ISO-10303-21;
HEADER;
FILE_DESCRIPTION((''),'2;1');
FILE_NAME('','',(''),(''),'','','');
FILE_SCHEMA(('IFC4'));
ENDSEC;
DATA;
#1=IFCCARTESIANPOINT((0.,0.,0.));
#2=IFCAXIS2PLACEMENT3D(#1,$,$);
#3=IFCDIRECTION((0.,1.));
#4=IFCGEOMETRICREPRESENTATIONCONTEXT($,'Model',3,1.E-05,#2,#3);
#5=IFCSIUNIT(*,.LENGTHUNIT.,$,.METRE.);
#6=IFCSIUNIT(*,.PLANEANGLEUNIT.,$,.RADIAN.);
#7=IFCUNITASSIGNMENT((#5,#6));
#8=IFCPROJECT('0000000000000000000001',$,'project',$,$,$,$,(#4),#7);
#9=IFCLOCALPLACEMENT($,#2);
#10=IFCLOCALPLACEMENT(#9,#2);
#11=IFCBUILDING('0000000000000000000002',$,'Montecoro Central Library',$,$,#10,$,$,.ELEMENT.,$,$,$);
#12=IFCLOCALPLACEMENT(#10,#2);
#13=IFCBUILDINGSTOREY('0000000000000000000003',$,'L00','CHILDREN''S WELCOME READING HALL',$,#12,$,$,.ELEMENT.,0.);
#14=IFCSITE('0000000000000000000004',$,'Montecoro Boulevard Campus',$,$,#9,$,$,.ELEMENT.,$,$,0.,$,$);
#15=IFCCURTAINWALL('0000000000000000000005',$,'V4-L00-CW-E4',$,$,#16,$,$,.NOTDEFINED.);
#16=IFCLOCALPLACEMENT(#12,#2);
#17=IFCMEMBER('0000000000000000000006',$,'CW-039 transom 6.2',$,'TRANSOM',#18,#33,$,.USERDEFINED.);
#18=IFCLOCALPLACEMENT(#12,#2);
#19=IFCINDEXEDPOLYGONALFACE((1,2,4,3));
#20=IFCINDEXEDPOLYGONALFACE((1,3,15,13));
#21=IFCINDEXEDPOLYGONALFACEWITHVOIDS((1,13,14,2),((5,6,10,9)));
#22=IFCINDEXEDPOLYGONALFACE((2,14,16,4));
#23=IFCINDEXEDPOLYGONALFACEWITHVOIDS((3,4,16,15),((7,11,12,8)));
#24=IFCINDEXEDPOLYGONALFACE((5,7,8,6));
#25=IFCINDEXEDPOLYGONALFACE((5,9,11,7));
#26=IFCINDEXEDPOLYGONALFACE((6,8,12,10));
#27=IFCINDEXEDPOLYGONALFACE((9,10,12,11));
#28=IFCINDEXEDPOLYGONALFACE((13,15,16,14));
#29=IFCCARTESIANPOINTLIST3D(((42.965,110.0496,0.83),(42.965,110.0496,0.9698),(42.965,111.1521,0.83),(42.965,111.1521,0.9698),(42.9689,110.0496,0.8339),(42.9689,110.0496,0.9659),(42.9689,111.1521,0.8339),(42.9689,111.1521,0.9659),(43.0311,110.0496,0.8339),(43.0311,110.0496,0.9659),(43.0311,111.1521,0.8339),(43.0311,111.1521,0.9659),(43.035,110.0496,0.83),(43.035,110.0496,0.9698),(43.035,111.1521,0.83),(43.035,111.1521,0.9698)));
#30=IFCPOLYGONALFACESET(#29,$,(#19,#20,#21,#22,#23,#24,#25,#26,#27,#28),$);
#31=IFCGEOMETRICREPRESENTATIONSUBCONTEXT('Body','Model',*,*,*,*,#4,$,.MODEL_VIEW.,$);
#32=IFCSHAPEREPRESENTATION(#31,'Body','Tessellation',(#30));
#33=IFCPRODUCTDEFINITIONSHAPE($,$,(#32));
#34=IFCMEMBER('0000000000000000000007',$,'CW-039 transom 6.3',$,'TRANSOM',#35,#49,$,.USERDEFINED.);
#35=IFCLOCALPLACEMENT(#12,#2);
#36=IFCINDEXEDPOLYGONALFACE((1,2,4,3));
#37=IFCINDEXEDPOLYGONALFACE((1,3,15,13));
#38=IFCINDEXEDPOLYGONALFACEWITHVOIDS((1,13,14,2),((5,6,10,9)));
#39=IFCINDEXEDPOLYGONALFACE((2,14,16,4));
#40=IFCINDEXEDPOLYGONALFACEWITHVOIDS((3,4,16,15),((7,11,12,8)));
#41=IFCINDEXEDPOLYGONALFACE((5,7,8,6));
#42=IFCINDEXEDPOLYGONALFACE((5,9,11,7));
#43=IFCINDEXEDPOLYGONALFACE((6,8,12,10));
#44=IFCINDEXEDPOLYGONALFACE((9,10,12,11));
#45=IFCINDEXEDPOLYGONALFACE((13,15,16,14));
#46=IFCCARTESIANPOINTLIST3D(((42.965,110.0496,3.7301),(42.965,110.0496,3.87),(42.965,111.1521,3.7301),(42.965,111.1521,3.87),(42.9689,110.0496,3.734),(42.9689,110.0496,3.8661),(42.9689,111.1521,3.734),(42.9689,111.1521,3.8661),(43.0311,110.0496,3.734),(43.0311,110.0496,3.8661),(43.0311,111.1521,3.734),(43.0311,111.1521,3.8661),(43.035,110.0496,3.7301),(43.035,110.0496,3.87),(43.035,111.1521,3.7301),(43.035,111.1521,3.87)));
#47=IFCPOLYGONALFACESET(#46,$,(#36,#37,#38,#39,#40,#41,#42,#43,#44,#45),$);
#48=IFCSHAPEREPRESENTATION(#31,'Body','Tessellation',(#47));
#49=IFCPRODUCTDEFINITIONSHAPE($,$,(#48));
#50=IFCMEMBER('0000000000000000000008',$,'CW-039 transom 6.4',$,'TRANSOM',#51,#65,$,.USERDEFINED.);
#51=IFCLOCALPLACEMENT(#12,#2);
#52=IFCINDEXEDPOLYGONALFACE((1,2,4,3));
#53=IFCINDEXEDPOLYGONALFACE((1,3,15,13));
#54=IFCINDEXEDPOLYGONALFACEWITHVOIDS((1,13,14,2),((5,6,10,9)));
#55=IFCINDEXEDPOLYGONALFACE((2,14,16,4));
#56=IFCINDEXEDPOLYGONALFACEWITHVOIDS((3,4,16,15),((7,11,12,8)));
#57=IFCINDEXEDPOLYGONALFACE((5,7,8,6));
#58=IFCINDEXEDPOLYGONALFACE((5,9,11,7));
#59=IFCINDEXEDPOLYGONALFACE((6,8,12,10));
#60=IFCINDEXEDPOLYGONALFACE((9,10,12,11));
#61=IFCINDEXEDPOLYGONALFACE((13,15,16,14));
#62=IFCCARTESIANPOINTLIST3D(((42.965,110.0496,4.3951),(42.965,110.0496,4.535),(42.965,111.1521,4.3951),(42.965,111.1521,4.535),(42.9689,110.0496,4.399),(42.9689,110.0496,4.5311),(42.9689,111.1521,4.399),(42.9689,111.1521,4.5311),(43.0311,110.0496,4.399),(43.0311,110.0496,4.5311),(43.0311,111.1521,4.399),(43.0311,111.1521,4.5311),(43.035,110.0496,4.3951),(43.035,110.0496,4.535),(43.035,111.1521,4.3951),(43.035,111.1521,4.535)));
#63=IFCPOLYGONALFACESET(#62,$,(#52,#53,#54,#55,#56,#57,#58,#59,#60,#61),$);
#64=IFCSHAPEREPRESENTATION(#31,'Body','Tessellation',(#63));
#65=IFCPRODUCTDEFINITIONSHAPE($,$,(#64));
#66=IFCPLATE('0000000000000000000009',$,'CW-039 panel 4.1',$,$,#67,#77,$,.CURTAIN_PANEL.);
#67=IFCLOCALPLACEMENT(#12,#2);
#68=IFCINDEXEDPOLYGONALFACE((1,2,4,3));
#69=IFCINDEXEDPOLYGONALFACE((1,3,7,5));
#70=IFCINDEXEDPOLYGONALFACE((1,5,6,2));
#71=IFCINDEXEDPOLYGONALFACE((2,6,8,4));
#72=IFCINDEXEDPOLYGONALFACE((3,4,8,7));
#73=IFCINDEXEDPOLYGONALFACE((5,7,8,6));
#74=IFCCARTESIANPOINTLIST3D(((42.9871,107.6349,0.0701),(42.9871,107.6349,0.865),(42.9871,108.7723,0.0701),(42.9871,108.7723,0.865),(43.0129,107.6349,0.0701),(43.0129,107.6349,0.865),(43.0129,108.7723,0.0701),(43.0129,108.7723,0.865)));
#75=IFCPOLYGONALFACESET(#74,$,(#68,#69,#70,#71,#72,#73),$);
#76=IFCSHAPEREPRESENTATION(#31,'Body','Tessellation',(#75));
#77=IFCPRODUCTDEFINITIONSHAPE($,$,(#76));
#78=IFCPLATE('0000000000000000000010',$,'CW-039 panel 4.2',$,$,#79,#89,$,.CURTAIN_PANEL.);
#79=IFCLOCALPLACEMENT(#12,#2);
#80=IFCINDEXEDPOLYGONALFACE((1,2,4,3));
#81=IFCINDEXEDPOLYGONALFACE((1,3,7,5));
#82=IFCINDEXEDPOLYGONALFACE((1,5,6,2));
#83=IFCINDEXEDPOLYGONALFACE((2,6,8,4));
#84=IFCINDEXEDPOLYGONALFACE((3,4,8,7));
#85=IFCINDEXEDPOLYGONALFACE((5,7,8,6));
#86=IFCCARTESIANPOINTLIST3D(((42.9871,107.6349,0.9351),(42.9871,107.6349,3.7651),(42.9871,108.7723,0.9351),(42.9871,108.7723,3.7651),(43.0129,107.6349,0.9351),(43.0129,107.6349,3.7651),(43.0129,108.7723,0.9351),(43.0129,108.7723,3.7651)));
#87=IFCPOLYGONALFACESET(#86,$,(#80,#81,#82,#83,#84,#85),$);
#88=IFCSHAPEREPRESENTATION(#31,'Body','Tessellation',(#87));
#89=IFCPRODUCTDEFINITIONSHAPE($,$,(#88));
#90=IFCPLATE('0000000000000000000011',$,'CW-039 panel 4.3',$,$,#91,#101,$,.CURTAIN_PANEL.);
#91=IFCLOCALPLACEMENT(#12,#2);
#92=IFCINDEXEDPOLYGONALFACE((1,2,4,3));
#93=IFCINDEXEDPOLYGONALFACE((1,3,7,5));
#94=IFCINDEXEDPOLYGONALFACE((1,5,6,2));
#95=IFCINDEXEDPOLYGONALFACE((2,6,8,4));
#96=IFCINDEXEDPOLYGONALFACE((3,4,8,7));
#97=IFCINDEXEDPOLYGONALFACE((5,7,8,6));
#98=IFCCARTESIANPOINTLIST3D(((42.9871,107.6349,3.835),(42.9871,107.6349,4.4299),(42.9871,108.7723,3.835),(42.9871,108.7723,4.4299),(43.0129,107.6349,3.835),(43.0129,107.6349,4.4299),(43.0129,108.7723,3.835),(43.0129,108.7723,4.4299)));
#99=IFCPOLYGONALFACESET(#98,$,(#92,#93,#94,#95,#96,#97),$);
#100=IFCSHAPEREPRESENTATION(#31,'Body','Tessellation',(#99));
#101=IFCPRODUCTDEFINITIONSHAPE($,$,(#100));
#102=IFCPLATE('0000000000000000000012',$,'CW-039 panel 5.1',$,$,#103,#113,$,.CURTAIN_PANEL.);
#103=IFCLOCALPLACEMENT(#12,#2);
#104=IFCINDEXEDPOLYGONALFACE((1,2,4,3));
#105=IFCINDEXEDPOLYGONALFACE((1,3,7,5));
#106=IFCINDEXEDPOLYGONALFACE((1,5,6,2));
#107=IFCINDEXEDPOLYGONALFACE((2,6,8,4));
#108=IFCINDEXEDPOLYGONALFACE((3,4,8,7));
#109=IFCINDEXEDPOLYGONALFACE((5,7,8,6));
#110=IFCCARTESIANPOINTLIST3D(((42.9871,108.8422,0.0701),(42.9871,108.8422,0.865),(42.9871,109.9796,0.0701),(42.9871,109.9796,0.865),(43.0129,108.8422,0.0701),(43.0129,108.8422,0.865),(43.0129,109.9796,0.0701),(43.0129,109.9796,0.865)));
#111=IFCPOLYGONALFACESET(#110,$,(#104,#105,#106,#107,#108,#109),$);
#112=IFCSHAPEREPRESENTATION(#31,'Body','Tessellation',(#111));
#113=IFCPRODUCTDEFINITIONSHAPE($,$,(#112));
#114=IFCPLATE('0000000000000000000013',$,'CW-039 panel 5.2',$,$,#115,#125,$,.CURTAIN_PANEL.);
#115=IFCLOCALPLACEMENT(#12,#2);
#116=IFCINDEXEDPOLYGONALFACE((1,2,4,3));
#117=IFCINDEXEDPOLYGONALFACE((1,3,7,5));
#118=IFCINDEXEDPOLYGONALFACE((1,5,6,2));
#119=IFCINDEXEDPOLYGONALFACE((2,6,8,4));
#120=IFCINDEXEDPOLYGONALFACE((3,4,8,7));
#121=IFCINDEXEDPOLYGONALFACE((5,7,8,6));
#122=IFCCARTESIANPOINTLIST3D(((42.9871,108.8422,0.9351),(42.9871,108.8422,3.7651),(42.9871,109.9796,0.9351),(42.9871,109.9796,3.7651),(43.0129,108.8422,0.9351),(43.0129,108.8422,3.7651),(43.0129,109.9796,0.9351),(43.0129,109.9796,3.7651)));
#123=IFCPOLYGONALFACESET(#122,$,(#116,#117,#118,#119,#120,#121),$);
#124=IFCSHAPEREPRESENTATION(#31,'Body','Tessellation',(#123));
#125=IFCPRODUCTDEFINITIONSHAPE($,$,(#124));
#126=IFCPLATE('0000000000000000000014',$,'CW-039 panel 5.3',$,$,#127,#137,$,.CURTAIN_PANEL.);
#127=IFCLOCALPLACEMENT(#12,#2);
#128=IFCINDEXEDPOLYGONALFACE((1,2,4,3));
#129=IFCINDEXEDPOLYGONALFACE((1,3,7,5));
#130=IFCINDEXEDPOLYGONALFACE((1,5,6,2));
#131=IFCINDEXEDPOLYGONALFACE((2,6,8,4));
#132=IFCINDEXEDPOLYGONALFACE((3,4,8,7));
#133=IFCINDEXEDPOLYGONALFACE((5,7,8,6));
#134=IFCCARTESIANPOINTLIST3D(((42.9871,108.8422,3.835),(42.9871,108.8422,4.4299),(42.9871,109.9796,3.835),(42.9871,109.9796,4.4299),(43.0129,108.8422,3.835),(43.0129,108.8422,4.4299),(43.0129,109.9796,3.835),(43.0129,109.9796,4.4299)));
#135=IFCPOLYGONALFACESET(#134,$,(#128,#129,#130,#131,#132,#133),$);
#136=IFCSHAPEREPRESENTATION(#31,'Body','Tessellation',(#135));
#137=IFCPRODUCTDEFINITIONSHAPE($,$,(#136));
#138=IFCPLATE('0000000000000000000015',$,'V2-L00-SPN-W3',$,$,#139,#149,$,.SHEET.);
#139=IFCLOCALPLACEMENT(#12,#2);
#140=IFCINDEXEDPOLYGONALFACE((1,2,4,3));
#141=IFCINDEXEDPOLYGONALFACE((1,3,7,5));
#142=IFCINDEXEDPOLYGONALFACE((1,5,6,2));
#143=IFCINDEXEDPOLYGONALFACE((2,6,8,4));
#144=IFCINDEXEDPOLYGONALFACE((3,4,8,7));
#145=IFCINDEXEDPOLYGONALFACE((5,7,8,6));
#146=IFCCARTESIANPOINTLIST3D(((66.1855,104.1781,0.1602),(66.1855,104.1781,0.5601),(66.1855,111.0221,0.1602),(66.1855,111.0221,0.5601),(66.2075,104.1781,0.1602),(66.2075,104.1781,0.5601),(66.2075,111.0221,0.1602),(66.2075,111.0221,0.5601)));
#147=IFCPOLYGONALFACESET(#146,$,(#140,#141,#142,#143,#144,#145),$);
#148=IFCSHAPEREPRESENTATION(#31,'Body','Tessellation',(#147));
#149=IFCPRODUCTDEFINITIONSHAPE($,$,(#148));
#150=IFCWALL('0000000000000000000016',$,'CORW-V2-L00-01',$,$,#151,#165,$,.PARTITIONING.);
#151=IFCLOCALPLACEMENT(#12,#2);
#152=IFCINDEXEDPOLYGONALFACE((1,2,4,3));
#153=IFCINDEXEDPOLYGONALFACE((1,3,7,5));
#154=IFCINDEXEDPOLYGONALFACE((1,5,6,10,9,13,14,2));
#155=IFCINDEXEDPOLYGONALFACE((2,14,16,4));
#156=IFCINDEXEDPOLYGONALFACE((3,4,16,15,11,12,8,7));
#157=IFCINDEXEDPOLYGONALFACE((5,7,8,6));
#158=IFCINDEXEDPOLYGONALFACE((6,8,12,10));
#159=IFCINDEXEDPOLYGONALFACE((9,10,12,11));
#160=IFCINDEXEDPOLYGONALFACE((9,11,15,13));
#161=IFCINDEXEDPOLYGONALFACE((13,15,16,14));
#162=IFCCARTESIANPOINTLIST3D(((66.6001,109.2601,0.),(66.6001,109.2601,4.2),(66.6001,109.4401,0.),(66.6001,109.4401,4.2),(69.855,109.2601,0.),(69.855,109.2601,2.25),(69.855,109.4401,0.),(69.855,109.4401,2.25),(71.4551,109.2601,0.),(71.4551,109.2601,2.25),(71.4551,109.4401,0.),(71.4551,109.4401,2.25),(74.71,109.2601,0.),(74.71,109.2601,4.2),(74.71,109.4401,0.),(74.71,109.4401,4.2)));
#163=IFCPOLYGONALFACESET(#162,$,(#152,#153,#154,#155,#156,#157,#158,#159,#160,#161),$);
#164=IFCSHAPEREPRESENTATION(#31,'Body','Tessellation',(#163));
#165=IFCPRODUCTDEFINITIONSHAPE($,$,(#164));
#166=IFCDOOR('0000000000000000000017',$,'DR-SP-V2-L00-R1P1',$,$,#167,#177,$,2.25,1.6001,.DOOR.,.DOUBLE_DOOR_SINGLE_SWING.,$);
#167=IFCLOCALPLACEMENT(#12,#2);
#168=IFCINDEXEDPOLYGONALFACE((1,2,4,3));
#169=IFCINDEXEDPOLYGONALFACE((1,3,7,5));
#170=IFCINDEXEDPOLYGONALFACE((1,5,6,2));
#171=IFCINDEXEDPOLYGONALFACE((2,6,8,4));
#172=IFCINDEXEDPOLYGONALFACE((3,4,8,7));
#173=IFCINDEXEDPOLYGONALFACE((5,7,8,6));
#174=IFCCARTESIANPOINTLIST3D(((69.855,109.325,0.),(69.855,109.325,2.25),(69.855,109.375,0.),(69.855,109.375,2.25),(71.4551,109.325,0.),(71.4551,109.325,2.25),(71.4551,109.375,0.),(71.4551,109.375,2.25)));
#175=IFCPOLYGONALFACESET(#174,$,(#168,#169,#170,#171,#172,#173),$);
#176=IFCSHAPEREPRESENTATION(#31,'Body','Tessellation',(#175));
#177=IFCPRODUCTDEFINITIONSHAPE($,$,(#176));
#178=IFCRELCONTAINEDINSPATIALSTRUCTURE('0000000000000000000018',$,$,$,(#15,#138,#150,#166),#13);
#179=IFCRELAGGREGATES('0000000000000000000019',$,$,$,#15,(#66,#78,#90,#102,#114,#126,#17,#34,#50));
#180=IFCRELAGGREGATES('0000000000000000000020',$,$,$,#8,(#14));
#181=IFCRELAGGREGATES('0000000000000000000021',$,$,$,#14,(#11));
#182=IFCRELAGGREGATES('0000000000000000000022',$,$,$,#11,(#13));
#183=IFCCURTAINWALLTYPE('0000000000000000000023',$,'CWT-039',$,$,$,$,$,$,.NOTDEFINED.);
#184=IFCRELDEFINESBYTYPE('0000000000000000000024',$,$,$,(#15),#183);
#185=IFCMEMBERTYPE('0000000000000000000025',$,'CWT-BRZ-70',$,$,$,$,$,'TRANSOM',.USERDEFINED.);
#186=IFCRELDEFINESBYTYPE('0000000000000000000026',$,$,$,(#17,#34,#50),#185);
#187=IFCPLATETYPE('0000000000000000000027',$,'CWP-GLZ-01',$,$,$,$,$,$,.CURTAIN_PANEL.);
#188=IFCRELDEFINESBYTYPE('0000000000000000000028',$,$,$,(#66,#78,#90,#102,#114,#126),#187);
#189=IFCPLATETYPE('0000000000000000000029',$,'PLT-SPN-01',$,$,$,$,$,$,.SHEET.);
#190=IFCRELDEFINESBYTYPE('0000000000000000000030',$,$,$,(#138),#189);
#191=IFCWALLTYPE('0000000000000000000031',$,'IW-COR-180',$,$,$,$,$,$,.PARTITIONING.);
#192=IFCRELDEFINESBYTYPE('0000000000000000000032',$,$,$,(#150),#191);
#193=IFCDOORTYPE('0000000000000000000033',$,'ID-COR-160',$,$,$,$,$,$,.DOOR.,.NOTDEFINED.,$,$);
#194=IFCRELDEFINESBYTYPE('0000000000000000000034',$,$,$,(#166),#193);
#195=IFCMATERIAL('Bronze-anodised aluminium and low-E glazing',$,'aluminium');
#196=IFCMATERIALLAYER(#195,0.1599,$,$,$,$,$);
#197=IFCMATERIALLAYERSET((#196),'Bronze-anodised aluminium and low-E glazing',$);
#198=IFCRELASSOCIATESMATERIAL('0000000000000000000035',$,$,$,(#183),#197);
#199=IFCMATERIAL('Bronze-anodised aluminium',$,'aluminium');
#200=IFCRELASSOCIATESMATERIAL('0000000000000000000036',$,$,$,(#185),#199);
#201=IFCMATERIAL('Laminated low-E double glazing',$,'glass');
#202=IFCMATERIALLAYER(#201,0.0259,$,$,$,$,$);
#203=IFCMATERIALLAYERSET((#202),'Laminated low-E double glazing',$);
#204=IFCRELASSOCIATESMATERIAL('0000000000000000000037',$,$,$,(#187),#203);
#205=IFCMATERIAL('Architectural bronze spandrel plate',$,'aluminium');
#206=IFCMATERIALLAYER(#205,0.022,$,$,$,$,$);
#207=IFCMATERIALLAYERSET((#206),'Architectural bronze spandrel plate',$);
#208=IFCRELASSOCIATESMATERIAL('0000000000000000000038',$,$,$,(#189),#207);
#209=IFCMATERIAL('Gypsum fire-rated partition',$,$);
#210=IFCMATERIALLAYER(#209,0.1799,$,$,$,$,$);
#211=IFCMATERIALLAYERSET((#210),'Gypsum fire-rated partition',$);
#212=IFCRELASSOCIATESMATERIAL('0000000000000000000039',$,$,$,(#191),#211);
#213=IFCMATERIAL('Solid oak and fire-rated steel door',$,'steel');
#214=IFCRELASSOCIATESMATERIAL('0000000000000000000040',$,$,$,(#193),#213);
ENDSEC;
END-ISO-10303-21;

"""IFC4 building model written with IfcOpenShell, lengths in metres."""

from ifc_helpers import new_model, si_unit, direction, frame, frame_2d, origin, origin_2d, place, context, subcontext, project, spatial, rectangle, hollow_rectangle, extrude, material, layer, layer_set, material_profile, profile_set, type_object, element, fill, aggregate, save


model = new_model("IFC4")

# Units and contexts
model_context = context("Model", 3, precision=1e-05, world=origin(), true_north=direction((0.0, 1.0)))
body_context = subcontext(model_context, "Body", "Model", "MODEL_VIEW")
ifc_project = project(units=[si_unit("LENGTHUNIT", "METRE"), si_unit("PLANEANGLEUNIT", "RADIAN")], contexts=[model_context])

# Site, building, storey
site_placement = place(None, origin())
site = spatial("IfcSite", under=ifc_project, at=site_placement, Name="Montecoro Boulevard Campus", CompositionType="ELEMENT", RefElevation=0.0)
building_placement = place(site_placement, origin())
building = spatial("IfcBuilding", under=site, at=building_placement, Name="Montecoro Central Library", CompositionType="ELEMENT")
storey_placement = place(building_placement, origin())
storey = spatial("IfcBuildingStorey", under=building, at=storey_placement, Name="L00", Description="CHILDREN'S WELCOME READING HALL", CompositionType="ELEMENT", Elevation=0.0)

# Curtain wall, members, plates
ifc_material_1 = material(Name="Bronze-anodised aluminium and low-E glazing", Category="aluminium")
ifc_layer_1 = layer(ifc_material_1, 0.1599)
ifc_layer_set_1 = layer_set([ifc_layer_1], Name="Bronze-anodised aluminium and low-E glazing")
curtain_wall_type = type_object("IfcCurtainWallType", Name="CWT-039", PredefinedType="NOTDEFINED", material=ifc_layer_set_1)
curtain_wall_placement = place(storey_placement, origin())
curtain_wall = element("IfcCurtainWall", 1, at=curtain_wall_placement, inside=storey, type_object=curtain_wall_type, Name="V4-L00-CW-E4", PredefinedType="NOTDEFINED")
ifc_material_2 = material(Name="Bronze-anodised aluminium", Category="aluminium")
ifc_material_profile_1 = material_profile(ifc_material_2, hollow_rectangle(XDim=0.0701, YDim=0.1399, WallThickness=0.0039, at=origin_2d()), Name="CWT 140x70x4.0")
ifc_profile_set_1 = profile_set([ifc_material_profile_1], Name="Bronze-anodised aluminium")
member_type_1 = type_object("IfcMemberType", Name="CWT-BRZ-70", ElementType="TRANSOM", PredefinedType="USERDEFINED", material=ifc_profile_set_1)
member_1_placement = place(storey_placement, frame((43.0, 110.0496, 0.8999), z_axis=(0.0, 1.0, 0.0), x_axis=(-1.0, 0.0, 0.0)))
member_1 = element("IfcMember", 2, at=member_1_placement, type_object=member_type_1, Name="CW-039 transom 6.2", ObjectType="TRANSOM", PredefinedType="USERDEFINED", context=body_context, shape_type="SweptSolid", body=[
    extrude(hollow_rectangle(XDim=0.0701, YDim=0.1399, WallThickness=0.0039, at=origin_2d()), origin(), (0.0, 0.0, 1.0), 1.1025),
])
member_2_placement = place(storey_placement, frame((43.0, 110.0496, 3.8), z_axis=(0.0, 1.0, 0.0), x_axis=(-1.0, 0.0, 0.0)))
member_2 = element("IfcMember", 3, at=member_2_placement, type_object=member_type_1, Name="CW-039 transom 6.3", ObjectType="TRANSOM", PredefinedType="USERDEFINED", context=body_context, shape_type="SweptSolid", body=[
    extrude(hollow_rectangle(XDim=0.0701, YDim=0.1399, WallThickness=0.0039, at=origin_2d()), origin(), (0.0, 0.0, 1.0), 1.1025),
])
member_3_placement = place(storey_placement, frame((43.0, 110.0496, 4.4651), z_axis=(0.0, 1.0, 0.0), x_axis=(-1.0, 0.0, 0.0)))
member_3 = element("IfcMember", 4, at=member_3_placement, type_object=member_type_1, Name="CW-039 transom 6.4", ObjectType="TRANSOM", PredefinedType="USERDEFINED", context=body_context, shape_type="SweptSolid", body=[
    extrude(hollow_rectangle(XDim=0.0701, YDim=0.1399, WallThickness=0.0039, at=origin_2d()), origin(), (0.0, 0.0, 1.0), 1.1025),
])
ifc_material_3 = material(Name="Laminated low-E double glazing", Category="glass")
ifc_layer_2 = layer(ifc_material_3, 0.0259)
ifc_layer_set_2 = layer_set([ifc_layer_2], Name="Laminated low-E double glazing")
plate_type_1 = type_object("IfcPlateType", Name="CWP-GLZ-01", PredefinedType="CURTAIN_PANEL", material=ifc_layer_set_2)
plate_1_placement = place(storey_placement, frame((43.0, 108.2036, 0.0701), z_axis=(0.0, 0.0, 1.0), x_axis=(0.0, 1.0, 0.0)))
plate_1 = element("IfcPlate", 5, at=plate_1_placement, type_object=plate_type_1, Name="CW-039 panel 4.1", PredefinedType="CURTAIN_PANEL", context=body_context, shape_type="SweptSolid", body=[
    extrude(rectangle(XDim=1.1375, YDim=0.0259, at=origin_2d()), origin(), (0.0, 0.0, 1.0), 0.7949),
])
plate_2_placement = place(storey_placement, frame((43.0, 108.2036, 0.9351), z_axis=(0.0, 0.0, 1.0), x_axis=(0.0, 1.0, 0.0)))
plate_2 = element("IfcPlate", 6, at=plate_2_placement, type_object=plate_type_1, Name="CW-039 panel 4.2", PredefinedType="CURTAIN_PANEL", context=body_context, shape_type="SweptSolid", body=[
    extrude(rectangle(XDim=1.1375, YDim=0.0259, at=origin_2d()), origin(), (0.0, 0.0, 1.0), 2.8301),
])
plate_3_placement = place(storey_placement, frame((43.0, 108.2036, 3.835), z_axis=(0.0, 0.0, 1.0), x_axis=(0.0, 1.0, 0.0)))
plate_3 = element("IfcPlate", 7, at=plate_3_placement, type_object=plate_type_1, Name="CW-039 panel 4.3", PredefinedType="CURTAIN_PANEL", context=body_context, shape_type="SweptSolid", body=[
    extrude(rectangle(XDim=1.1375, YDim=0.0259, at=origin_2d()), origin(), (0.0, 0.0, 1.0), 0.595),
])
plate_4_placement = place(storey_placement, frame((43.0, 109.4109, 0.0701), z_axis=(0.0, 0.0, 1.0), x_axis=(0.0, 1.0, 0.0)))
plate_4 = element("IfcPlate", 8, at=plate_4_placement, type_object=plate_type_1, Name="CW-039 panel 5.1", PredefinedType="CURTAIN_PANEL", context=body_context, shape_type="SweptSolid", body=[
    extrude(rectangle(XDim=1.1375, YDim=0.0259, at=origin_2d()), origin(), (0.0, 0.0, 1.0), 0.7949),
])
plate_5_placement = place(storey_placement, frame((43.0, 109.4109, 0.9351), z_axis=(0.0, 0.0, 1.0), x_axis=(0.0, 1.0, 0.0)))
plate_5 = element("IfcPlate", 9, at=plate_5_placement, type_object=plate_type_1, Name="CW-039 panel 5.2", PredefinedType="CURTAIN_PANEL", context=body_context, shape_type="SweptSolid", body=[
    extrude(rectangle(XDim=1.1375, YDim=0.0259, at=origin_2d()), origin(), (0.0, 0.0, 1.0), 2.8301),
])
plate_6_placement = place(storey_placement, frame((43.0, 109.4109, 3.835), z_axis=(0.0, 0.0, 1.0), x_axis=(0.0, 1.0, 0.0)))
plate_6 = element("IfcPlate", 10, at=plate_6_placement, type_object=plate_type_1, Name="CW-039 panel 5.3", PredefinedType="CURTAIN_PANEL", context=body_context, shape_type="SweptSolid", body=[
    extrude(rectangle(XDim=1.1375, YDim=0.0259, at=origin_2d()), origin(), (0.0, 0.0, 1.0), 0.595),
])
aggregate(curtain_wall, [plate_1, plate_2, plate_3, plate_4, plate_5, plate_6, member_1, member_2, member_3])

# Plate
ifc_material_4 = material(Name="Architectural bronze spandrel plate", Category="aluminium")
ifc_layer_3 = layer(ifc_material_4, 0.022)
ifc_layer_set_3 = layer_set([ifc_layer_3], Name="Architectural bronze spandrel plate")
plate_type_2 = type_object("IfcPlateType", Name="PLT-SPN-01", PredefinedType="SHEET", material=ifc_layer_set_3)
plate_7_placement = place(storey_placement, frame((66.1965, 107.6001, 0.1602), z_axis=(0.0, 0.0, 1.0), x_axis=(0.0, -1.0, 0.0)))
element("IfcPlate", 11, at=plate_7_placement, inside=storey, type_object=plate_type_2, Name="V2-L00-SPN-W3", PredefinedType="SHEET", context=body_context, shape_type="SweptSolid", body=[
    extrude(rectangle(XDim=6.844, YDim=0.022, at=origin_2d()), origin(), (0.0, 0.0, 1.0), 0.3999),
])

# Wall, opening, door
ifc_material_5 = material(Name="Gypsum fire-rated partition")
ifc_layer_4 = layer(ifc_material_5, 0.1799)
ifc_layer_set_4 = layer_set([ifc_layer_4], Name="Gypsum fire-rated partition")
wall_type = type_object("IfcWallType", Name="IW-COR-180", PredefinedType="PARTITIONING", material=ifc_layer_set_4)
wall_placement = place(storey_placement, frame((66.6001, 109.3501, 0.0), z_axis=(0.0, 0.0, 1.0), x_axis=(1.0, 0.0, 0.0)))
wall = element("IfcWall", 12, at=wall_placement, inside=storey, type_object=wall_type, Name="CORW-V2-L00-01", PredefinedType="PARTITIONING", context=body_context, shape_type="SweptSolid", body=[
    extrude(rectangle(XDim=8.1099, YDim=0.1799, at=frame_2d((4.0549, 0.0))), origin(), (0.0, 0.0, 1.0), 4.2),
])
opening_placement = place(wall_placement, frame((3.2549, 0.0, 0.0)))
opening = element("IfcOpeningElement", 13, at=opening_placement, cuts=wall, PredefinedType="OPENING", context=body_context, shape_type="SweptSolid", body=[
    extrude(rectangle(XDim=1.6001, YDim=2.25, at=frame_2d((0.8, 1.125))), frame((0.0, 0.0999, 0.0), z_axis=(0.0, -1.0, 0.0), x_axis=(1.0, 0.0, 0.0)), (0.0, 0.0, 1.0), 0.2),
])
ifc_material_6 = material(Name="Solid oak and fire-rated steel door", Category="steel")
door_type = type_object("IfcDoorType", Name="ID-COR-160", OperationType="NOTDEFINED", PredefinedType="DOOR", material=ifc_material_6)
door_placement = place(opening_placement, origin())
door = element("IfcDoor", 14, at=door_placement, inside=storey, type_object=door_type, Name="DR-SP-V2-L00-R1P1", OperationType="DOUBLE_DOOR_SINGLE_SWING", OverallHeight=2.25, OverallWidth=1.6001, PredefinedType="DOOR", context=body_context, shape_type="SweptSolid", body=[
    extrude(rectangle(XDim=1.6001, YDim=2.25, at=frame_2d((0.8, 1.125))), frame((0.0, 0.0249, 0.0), z_axis=(0.0, -1.0, 0.0), x_axis=(1.0, 0.0, 0.0)), (0.0, 0.0, 1.0), 0.05),
])
fill(opening, door)

save(model, "model.ifc")
